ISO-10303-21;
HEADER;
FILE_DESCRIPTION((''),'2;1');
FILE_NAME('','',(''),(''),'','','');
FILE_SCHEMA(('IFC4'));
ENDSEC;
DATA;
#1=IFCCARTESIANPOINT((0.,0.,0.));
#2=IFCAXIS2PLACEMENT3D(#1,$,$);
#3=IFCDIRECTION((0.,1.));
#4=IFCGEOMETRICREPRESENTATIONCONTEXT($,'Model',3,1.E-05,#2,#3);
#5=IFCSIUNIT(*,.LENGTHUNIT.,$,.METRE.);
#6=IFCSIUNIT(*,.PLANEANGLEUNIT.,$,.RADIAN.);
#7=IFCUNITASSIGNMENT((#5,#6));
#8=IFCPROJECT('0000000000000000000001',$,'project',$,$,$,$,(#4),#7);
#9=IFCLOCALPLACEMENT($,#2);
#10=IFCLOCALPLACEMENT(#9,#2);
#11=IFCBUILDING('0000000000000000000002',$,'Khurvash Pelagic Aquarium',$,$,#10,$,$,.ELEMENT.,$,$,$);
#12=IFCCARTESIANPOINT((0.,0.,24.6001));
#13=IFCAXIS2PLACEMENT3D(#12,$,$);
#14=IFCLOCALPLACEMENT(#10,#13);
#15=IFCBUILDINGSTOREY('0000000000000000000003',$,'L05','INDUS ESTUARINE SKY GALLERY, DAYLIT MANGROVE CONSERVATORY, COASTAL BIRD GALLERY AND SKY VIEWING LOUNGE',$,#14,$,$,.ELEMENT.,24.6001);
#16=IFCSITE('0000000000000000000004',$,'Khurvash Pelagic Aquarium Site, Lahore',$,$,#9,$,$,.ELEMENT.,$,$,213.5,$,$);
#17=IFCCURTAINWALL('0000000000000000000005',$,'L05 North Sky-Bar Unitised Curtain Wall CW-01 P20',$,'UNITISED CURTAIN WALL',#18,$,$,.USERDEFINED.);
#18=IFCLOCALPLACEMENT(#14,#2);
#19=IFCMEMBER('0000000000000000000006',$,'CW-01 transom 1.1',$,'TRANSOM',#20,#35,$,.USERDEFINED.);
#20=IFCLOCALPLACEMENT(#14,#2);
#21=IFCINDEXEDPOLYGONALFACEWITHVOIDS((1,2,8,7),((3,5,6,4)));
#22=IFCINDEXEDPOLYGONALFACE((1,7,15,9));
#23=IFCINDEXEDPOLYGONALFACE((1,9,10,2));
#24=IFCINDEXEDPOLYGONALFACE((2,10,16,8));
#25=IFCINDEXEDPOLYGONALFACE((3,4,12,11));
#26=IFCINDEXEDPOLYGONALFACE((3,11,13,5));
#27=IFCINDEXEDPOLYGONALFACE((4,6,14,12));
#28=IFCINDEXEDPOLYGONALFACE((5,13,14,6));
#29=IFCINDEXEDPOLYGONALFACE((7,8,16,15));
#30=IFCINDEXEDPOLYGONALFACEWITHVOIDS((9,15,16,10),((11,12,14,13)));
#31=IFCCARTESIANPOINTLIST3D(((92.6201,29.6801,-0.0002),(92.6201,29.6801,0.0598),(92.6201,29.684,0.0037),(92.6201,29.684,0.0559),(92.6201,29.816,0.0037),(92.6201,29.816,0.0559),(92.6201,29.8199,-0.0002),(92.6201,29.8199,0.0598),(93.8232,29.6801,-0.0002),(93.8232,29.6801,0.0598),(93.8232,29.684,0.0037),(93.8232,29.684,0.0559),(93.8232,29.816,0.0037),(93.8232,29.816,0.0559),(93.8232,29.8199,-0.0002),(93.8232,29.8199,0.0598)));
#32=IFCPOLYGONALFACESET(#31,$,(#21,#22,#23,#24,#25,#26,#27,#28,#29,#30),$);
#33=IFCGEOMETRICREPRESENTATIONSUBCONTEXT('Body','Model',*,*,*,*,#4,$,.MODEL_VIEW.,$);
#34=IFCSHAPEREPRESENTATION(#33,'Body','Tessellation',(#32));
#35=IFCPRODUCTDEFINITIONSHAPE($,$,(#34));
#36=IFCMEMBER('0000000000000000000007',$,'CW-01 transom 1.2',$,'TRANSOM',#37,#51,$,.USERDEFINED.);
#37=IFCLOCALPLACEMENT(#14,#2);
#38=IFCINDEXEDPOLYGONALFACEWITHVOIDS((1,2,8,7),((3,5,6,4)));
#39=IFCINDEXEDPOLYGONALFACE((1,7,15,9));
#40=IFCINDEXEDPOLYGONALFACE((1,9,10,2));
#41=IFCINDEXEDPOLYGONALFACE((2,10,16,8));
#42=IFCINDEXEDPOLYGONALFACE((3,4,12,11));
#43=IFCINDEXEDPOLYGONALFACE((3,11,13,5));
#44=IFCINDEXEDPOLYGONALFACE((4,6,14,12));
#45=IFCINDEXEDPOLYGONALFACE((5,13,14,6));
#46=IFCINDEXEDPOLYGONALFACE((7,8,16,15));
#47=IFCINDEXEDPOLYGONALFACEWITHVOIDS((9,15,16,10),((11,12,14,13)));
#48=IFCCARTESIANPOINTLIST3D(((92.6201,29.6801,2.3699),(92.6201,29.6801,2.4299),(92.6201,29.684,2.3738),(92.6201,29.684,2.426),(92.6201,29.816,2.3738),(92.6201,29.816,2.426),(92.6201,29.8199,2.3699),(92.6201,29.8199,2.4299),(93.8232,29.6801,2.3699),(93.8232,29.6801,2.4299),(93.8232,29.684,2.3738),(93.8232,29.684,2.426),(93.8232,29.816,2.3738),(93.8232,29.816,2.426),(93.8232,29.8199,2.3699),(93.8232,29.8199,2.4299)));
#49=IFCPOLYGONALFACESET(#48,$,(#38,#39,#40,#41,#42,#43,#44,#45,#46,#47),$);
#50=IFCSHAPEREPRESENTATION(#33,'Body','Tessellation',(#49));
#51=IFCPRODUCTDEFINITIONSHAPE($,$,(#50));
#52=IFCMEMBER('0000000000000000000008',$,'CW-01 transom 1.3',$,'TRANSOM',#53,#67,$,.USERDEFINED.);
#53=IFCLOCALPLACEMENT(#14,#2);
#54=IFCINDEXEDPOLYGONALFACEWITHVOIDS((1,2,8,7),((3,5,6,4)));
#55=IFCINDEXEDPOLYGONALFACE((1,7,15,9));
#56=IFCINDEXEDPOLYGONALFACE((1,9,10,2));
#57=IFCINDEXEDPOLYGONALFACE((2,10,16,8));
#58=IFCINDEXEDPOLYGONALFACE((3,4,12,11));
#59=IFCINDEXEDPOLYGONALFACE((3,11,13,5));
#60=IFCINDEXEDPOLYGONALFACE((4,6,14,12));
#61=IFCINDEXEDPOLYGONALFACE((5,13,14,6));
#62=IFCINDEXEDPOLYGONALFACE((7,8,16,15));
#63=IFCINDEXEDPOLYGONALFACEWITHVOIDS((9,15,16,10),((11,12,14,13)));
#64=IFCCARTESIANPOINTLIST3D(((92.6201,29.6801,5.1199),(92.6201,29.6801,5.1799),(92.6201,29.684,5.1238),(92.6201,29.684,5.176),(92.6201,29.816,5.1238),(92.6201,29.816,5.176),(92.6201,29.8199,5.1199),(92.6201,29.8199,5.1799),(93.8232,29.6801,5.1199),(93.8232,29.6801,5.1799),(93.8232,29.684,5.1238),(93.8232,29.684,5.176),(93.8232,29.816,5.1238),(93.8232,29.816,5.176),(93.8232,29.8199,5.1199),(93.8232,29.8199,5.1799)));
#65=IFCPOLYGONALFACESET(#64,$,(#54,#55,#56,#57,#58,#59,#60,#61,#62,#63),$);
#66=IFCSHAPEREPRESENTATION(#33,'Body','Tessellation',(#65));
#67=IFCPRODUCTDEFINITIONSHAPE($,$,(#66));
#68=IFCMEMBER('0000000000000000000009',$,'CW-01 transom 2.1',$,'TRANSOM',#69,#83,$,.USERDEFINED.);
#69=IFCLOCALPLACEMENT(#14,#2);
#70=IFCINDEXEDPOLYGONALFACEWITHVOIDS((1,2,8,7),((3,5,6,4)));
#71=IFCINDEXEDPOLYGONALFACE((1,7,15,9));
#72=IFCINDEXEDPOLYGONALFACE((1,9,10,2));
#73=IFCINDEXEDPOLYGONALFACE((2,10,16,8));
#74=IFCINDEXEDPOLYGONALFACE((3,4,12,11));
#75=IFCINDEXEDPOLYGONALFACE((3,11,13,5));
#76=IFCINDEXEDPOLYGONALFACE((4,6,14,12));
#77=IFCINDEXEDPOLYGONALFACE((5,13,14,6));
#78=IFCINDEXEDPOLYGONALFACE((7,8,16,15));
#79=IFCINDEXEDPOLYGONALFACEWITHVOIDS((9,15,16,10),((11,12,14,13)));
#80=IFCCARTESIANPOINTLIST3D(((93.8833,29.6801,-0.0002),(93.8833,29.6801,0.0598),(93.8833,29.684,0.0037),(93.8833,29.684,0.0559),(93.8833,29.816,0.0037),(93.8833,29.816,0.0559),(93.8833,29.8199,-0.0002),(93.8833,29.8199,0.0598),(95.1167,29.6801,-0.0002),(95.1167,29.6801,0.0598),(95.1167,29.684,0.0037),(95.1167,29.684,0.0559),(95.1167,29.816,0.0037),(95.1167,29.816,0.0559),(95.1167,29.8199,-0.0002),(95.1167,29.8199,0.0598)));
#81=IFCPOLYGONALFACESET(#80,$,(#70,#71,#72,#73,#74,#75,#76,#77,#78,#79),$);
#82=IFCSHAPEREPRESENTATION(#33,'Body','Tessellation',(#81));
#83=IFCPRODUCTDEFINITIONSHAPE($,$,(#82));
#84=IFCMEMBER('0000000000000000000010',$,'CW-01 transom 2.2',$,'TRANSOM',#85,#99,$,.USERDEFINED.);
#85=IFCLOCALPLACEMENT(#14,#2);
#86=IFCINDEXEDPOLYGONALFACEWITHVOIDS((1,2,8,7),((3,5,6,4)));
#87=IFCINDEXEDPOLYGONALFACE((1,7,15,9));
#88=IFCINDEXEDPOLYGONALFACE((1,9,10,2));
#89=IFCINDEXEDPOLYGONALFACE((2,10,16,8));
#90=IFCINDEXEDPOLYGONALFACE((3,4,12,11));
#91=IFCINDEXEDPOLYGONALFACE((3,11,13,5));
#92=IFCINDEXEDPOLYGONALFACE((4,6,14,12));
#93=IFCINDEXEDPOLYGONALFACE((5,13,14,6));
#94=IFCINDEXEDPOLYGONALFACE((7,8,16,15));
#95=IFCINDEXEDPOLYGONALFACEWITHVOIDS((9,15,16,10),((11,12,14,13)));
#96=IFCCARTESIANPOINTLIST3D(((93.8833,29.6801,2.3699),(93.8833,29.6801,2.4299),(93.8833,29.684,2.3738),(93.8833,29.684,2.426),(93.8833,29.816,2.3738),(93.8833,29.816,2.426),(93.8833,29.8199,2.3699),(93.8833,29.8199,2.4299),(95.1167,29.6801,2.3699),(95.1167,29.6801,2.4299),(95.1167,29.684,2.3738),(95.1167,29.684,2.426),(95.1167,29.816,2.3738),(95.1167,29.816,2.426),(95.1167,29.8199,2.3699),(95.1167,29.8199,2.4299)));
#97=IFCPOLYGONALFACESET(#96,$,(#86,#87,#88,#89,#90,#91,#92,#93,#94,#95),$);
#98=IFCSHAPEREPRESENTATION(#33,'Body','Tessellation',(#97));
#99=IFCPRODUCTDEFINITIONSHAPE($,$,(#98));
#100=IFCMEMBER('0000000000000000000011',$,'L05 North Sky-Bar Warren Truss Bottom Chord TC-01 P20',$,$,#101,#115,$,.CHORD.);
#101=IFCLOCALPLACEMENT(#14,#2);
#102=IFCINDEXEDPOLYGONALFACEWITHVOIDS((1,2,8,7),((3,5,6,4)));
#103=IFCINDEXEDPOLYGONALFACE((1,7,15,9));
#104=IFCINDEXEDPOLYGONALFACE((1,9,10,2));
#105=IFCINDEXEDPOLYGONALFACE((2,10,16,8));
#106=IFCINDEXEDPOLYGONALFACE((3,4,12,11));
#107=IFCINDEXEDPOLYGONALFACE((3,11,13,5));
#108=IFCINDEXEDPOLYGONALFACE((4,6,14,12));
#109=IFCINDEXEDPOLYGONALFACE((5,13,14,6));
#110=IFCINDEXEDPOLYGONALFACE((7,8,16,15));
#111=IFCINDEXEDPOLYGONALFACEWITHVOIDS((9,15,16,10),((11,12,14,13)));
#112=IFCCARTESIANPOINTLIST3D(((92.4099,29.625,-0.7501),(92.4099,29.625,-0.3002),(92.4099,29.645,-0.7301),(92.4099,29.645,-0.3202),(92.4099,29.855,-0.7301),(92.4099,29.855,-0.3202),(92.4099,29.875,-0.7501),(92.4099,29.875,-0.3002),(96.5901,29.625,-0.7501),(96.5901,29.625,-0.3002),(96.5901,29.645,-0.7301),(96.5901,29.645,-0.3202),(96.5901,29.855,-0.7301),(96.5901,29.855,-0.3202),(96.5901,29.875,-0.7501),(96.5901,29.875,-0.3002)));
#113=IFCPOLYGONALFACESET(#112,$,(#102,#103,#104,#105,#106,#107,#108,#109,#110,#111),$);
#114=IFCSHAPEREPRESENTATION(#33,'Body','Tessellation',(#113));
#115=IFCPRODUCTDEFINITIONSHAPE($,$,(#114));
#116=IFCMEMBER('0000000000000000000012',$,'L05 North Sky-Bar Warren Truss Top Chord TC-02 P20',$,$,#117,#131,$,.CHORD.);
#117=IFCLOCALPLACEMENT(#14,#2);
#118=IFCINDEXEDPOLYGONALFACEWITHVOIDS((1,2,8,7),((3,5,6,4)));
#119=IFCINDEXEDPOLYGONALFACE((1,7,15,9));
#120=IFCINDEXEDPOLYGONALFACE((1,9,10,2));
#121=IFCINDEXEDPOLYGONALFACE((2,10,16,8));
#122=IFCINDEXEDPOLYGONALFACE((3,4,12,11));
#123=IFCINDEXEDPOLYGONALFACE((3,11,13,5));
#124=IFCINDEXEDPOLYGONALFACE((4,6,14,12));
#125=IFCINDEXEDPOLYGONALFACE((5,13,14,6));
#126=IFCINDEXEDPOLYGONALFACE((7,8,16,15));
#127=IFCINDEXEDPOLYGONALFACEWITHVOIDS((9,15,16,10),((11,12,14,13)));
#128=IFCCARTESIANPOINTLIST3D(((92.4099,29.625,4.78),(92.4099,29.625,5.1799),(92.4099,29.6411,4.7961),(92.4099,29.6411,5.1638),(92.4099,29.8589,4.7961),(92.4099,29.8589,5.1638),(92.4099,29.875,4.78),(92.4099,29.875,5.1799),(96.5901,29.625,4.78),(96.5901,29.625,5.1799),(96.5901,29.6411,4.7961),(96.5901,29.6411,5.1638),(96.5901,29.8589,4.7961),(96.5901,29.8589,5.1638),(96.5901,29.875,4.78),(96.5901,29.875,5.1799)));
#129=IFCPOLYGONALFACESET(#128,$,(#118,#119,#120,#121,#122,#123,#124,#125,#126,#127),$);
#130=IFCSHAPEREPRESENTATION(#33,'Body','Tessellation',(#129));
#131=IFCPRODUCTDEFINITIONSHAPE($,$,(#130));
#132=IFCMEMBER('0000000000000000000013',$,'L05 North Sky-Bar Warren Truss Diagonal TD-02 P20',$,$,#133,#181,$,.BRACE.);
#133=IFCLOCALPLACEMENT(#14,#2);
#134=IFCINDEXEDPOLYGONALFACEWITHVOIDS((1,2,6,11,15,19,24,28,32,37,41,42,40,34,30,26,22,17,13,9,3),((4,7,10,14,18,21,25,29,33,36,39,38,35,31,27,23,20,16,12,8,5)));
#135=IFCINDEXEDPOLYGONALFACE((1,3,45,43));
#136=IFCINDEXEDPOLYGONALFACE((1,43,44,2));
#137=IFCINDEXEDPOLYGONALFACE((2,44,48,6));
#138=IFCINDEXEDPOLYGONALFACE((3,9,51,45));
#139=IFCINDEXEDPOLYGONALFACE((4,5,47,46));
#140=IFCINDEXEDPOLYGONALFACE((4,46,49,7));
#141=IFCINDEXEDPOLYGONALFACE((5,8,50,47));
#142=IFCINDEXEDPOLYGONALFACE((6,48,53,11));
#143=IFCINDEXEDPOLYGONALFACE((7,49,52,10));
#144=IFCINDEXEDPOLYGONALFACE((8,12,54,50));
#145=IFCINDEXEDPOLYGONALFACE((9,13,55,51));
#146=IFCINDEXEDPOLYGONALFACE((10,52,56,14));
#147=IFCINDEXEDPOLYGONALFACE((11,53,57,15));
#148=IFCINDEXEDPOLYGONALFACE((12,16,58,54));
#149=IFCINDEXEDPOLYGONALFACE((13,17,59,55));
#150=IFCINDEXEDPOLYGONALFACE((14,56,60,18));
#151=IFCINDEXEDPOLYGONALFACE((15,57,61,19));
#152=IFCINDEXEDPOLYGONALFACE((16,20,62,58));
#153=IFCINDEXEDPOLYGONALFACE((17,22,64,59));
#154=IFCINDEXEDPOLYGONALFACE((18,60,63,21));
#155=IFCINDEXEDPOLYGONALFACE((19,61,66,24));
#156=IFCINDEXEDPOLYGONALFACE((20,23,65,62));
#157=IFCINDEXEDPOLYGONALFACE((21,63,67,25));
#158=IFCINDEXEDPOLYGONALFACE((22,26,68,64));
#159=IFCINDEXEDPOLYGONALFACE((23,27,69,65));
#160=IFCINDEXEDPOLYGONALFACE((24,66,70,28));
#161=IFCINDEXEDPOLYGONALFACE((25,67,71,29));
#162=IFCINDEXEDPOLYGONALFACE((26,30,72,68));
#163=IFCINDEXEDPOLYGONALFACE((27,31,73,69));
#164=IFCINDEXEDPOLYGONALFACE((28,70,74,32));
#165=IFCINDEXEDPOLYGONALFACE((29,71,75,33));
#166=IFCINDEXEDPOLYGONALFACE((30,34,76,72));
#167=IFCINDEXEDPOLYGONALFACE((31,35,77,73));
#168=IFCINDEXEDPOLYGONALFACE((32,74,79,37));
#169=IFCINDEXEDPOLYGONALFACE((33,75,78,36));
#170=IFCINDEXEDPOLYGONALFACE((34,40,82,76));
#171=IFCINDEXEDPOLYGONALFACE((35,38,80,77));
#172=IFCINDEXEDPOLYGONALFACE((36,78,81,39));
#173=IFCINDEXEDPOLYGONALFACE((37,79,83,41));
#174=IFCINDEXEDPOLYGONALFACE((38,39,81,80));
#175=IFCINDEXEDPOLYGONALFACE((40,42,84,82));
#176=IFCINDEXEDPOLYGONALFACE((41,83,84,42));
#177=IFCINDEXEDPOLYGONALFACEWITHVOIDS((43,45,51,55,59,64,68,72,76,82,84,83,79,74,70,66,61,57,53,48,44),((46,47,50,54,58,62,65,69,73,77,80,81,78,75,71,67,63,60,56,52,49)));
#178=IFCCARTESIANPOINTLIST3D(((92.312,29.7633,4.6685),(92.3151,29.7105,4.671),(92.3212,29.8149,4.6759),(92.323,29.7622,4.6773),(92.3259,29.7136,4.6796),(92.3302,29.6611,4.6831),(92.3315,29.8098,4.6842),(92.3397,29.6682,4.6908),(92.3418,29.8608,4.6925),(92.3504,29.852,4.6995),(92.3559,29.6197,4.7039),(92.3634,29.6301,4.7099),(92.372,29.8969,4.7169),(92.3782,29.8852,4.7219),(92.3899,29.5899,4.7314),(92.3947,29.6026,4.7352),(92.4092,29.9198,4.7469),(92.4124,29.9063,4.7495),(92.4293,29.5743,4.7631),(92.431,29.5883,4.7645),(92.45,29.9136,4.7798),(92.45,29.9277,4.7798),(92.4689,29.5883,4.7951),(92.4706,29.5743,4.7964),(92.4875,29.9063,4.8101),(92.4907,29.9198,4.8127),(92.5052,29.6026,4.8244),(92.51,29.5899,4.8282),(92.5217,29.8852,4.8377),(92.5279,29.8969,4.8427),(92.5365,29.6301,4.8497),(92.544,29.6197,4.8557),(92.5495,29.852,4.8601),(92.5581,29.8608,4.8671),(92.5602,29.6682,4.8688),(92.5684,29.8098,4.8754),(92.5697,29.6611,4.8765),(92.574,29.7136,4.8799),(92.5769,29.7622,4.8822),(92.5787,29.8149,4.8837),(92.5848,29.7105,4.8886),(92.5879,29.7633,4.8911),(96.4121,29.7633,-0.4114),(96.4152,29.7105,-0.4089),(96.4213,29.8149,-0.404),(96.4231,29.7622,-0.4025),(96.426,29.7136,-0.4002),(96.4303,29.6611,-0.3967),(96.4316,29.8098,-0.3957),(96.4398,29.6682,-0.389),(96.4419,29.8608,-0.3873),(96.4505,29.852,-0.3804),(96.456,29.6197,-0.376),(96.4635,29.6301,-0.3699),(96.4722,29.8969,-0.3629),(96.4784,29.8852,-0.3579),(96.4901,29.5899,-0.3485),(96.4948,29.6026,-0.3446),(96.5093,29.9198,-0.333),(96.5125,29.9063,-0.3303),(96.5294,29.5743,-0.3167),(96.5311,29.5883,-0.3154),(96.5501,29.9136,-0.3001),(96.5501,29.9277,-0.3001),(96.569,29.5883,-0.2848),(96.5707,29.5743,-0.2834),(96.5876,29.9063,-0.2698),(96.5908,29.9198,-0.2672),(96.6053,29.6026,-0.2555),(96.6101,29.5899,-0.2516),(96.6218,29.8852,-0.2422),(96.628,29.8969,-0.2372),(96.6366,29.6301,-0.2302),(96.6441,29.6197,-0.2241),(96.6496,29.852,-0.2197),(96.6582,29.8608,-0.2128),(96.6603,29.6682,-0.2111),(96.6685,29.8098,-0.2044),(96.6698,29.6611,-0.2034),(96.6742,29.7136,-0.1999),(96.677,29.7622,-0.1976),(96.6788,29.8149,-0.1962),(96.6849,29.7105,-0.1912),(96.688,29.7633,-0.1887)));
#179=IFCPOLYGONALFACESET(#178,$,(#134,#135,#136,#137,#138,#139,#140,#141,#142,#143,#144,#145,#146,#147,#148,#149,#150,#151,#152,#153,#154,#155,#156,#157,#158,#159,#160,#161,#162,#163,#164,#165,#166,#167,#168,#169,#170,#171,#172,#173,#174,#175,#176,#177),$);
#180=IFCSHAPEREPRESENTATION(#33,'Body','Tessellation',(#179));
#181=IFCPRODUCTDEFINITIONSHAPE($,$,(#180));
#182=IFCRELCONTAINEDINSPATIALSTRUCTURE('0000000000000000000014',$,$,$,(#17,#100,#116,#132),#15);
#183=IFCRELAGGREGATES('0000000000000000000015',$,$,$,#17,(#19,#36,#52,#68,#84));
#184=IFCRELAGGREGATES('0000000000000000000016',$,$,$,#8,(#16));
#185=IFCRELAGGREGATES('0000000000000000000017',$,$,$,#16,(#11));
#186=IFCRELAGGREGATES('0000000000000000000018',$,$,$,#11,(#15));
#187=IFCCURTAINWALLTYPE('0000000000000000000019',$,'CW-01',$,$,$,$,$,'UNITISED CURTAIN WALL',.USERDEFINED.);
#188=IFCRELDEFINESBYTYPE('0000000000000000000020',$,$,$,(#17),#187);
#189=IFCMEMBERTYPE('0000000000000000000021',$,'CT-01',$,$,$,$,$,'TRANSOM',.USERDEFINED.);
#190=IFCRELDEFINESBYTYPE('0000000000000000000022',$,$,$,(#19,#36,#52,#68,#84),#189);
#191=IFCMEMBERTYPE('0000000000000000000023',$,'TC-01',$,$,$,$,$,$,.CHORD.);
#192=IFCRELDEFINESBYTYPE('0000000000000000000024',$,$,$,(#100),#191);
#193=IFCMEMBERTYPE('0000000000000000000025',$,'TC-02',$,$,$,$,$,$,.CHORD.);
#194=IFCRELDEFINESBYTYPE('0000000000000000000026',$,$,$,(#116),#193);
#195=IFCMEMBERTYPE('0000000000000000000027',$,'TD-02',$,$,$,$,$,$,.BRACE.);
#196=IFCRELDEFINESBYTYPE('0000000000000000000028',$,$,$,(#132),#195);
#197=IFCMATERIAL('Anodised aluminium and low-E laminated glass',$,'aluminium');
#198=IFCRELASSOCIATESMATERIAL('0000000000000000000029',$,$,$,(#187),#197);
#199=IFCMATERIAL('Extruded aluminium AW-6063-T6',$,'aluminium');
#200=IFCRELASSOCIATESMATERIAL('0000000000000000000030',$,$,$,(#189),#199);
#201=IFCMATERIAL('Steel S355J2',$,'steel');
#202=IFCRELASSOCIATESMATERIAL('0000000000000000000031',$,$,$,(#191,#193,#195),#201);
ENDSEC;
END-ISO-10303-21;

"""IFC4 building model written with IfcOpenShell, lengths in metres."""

from ifc_helpers import new_model, si_unit, direction, frame, origin, origin_2d, place, context, subcontext, project, spatial, hollow_rectangle, hollow_circle, extrude, material, material_profile, profile_set, type_object, element, aggregate, save


model = new_model("IFC4")

# Units and contexts
model_context = context("Model", 3, precision=1e-05, world=origin(), true_north=direction((0.0, 1.0)))
body_context = subcontext(model_context, "Body", "Model", "MODEL_VIEW")
ifc_project = project(units=[si_unit("LENGTHUNIT", "METRE"), si_unit("PLANEANGLEUNIT", "RADIAN")], contexts=[model_context])

# Site, building, storey
site_placement = place(None, origin())
site = spatial("IfcSite", under=ifc_project, at=site_placement, Name="Khurvash Pelagic Aquarium Site, Lahore", CompositionType="ELEMENT", RefElevation=213.5)
building_placement = place(site_placement, origin())
building = spatial("IfcBuilding", under=site, at=building_placement, Name="Khurvash Pelagic Aquarium", CompositionType="ELEMENT")
storey_placement = place(building_placement, frame((0.0, 0.0, 24.6001)))
storey = spatial("IfcBuildingStorey", under=building, at=storey_placement, Name="L05", Description="INDUS ESTUARINE SKY GALLERY, DAYLIT MANGROVE CONSERVATORY, COASTAL BIRD GALLERY AND SKY VIEWING LOUNGE", CompositionType="ELEMENT", Elevation=24.6001)

# Curtain wall
ifc_material_1 = material(Name="Anodised aluminium and low-E laminated glass", Category="aluminium")
curtain_wall_type = type_object("IfcCurtainWallType", Name="CW-01", ElementType="UNITISED CURTAIN WALL", PredefinedType="USERDEFINED", material=ifc_material_1)
ifc_material_2 = material(Name="Extruded aluminium AW-6063-T6", Category="aluminium")
curtain_wall_1_placement = place(storey_placement, origin())
curtain_wall_1 = element("IfcCurtainWall", 1, at=curtain_wall_1_placement, inside=storey, type_object=curtain_wall_type, Name="L05 North Sky-Bar Unitised Curtain Wall CW-01 P20", ObjectType="UNITISED CURTAIN WALL", PredefinedType="USERDEFINED")

# Members
ifc_material_profile_1 = material_profile(ifc_material_2, hollow_rectangle(XDim=0.1399, YDim=0.0601, WallThickness=0.0039, at=origin_2d()), Name="CWT140X60X4")
ifc_profile_set_1 = profile_set([ifc_material_profile_1], Name="Extruded aluminium AW-6063-T6")
member_type_1 = type_object("IfcMemberType", Name="CT-01", ElementType="TRANSOM", PredefinedType="USERDEFINED", material=ifc_profile_set_1)
member_1_placement = place(storey_placement, frame((92.6201, 29.75, 0.0298), z_axis=(1.0, 0.0, 0.0), x_axis=(0.0, 1.0, 0.0)))
member_1 = element("IfcMember", 2, at=member_1_placement, type_object=member_type_1, Name="CW-01 transom 1.1", ObjectType="TRANSOM", PredefinedType="USERDEFINED", context=body_context, shape_type="SweptSolid", body=[
    extrude(hollow_rectangle(XDim=0.1399, YDim=0.0601, WallThickness=0.0039, at=origin_2d()), origin(), (0.0, 0.0, 1.0), 1.2031),
])
member_2_placement = place(storey_placement, frame((92.6201, 29.75, 2.3999), z_axis=(1.0, 0.0, 0.0), x_axis=(0.0, 1.0, 0.0)))
member_2 = element("IfcMember", 3, at=member_2_placement, type_object=member_type_1, Name="CW-01 transom 1.2", ObjectType="TRANSOM", PredefinedType="USERDEFINED", context=body_context, shape_type="SweptSolid", body=[
    extrude(hollow_rectangle(XDim=0.1399, YDim=0.0601, WallThickness=0.0039, at=origin_2d()), origin(), (0.0, 0.0, 1.0), 1.2031),
])
member_3_placement = place(storey_placement, frame((92.6201, 29.75, 5.1499), z_axis=(1.0, 0.0, 0.0), x_axis=(0.0, 1.0, 0.0)))
member_3 = element("IfcMember", 4, at=member_3_placement, type_object=member_type_1, Name="CW-01 transom 1.3", ObjectType="TRANSOM", PredefinedType="USERDEFINED", context=body_context, shape_type="SweptSolid", body=[
    extrude(hollow_rectangle(XDim=0.1399, YDim=0.0601, WallThickness=0.0039, at=origin_2d()), origin(), (0.0, 0.0, 1.0), 1.2031),
])
member_4_placement = place(storey_placement, frame((93.8833, 29.75, 0.0298), z_axis=(1.0, 0.0, 0.0), x_axis=(0.0, 1.0, 0.0)))
member_4 = element("IfcMember", 5, at=member_4_placement, type_object=member_type_1, Name="CW-01 transom 2.1", ObjectType="TRANSOM", PredefinedType="USERDEFINED", context=body_context, shape_type="SweptSolid", body=[
    extrude(hollow_rectangle(XDim=0.1399, YDim=0.0601, WallThickness=0.0039, at=origin_2d()), origin(), (0.0, 0.0, 1.0), 1.2334),
])
member_5_placement = place(storey_placement, frame((93.8833, 29.75, 2.3999), z_axis=(1.0, 0.0, 0.0), x_axis=(0.0, 1.0, 0.0)))
member_5 = element("IfcMember", 6, at=member_5_placement, type_object=member_type_1, Name="CW-01 transom 2.2", ObjectType="TRANSOM", PredefinedType="USERDEFINED", context=body_context, shape_type="SweptSolid", body=[
    extrude(hollow_rectangle(XDim=0.1399, YDim=0.0601, WallThickness=0.0039, at=origin_2d()), origin(), (0.0, 0.0, 1.0), 1.2334),
])

# Members
ifc_material_3 = material(Name="Steel S355J2", Category="steel")
ifc_material_profile_2 = material_profile(ifc_material_3, hollow_rectangle(XDim=0.25, YDim=0.45, WallThickness=0.02, at=origin_2d()), Name="RHS450X250X20")
ifc_profile_set_2 = profile_set([ifc_material_profile_2], Name="Steel S355J2")
member_type_2 = type_object("IfcMemberType", Name="TC-01", PredefinedType="CHORD", material=ifc_profile_set_2)
member_6_placement = place(storey_placement, frame((92.4099, 29.75, -0.5251), z_axis=(1.0, 0.0, 0.0), x_axis=(0.0, 1.0, 0.0)))
element("IfcMember", 7, at=member_6_placement, inside=storey, type_object=member_type_2, Name="L05 North Sky-Bar Warren Truss Bottom Chord TC-01 P20", PredefinedType="CHORD", context=body_context, shape_type="SweptSolid", body=[
    extrude(hollow_rectangle(XDim=0.25, YDim=0.45, WallThickness=0.02, at=origin_2d()), origin(), (0.0, 0.0, 1.0), 4.1802),
])
ifc_material_profile_3 = material_profile(ifc_material_3, hollow_rectangle(XDim=0.25, YDim=0.3999, WallThickness=0.0161, at=origin_2d()), Name="RHS400X250X16")
ifc_profile_set_3 = profile_set([ifc_material_profile_3], Name="Steel S355J2")
member_type_3 = type_object("IfcMemberType", Name="TC-02", PredefinedType="CHORD", material=ifc_profile_set_3)
member_7_placement = place(storey_placement, frame((92.4099, 29.75, 4.98), z_axis=(1.0, 0.0, 0.0), x_axis=(0.0, 1.0, 0.0)))
element("IfcMember", 8, at=member_7_placement, inside=storey, type_object=member_type_3, Name="L05 North Sky-Bar Warren Truss Top Chord TC-02 P20", PredefinedType="CHORD", context=body_context, shape_type="SweptSolid", body=[
    extrude(hollow_rectangle(XDim=0.25, YDim=0.3999, WallThickness=0.0161, at=origin_2d()), origin(), (0.0, 0.0, 1.0), 4.1802),
])
ifc_material_profile_4 = material_profile(ifc_material_3, hollow_circle(Radius=0.1777, WallThickness=0.0142, at=origin_2d()), Name="CHS355X14")
ifc_profile_set_4 = profile_set([ifc_material_profile_4], Name="Steel S355J2")
member_type_4 = type_object("IfcMemberType", Name="TD-02", PredefinedType="BRACE", material=ifc_profile_set_4)
member_8_placement = place(storey_placement, frame((92.45, 29.75, 4.7798), z_axis=(0.628073, 0.0, -0.778154), x_axis=(0.0, 1.0, 0.0)))
element("IfcMember", 9, at=member_8_placement, inside=storey, type_object=member_type_4, Name="L05 North Sky-Bar Warren Truss Diagonal TD-02 P20", PredefinedType="BRACE", context=body_context, shape_type="SweptSolid", body=[
    extrude(hollow_circle(Radius=0.1777, WallThickness=0.0142, at=origin_2d()), origin(), (0.0, 0.0, 1.0), 6.5281),
])

aggregate(curtain_wall_1, [member_1, member_2, member_3, member_4, member_5])

save(model, "model.ifc")
